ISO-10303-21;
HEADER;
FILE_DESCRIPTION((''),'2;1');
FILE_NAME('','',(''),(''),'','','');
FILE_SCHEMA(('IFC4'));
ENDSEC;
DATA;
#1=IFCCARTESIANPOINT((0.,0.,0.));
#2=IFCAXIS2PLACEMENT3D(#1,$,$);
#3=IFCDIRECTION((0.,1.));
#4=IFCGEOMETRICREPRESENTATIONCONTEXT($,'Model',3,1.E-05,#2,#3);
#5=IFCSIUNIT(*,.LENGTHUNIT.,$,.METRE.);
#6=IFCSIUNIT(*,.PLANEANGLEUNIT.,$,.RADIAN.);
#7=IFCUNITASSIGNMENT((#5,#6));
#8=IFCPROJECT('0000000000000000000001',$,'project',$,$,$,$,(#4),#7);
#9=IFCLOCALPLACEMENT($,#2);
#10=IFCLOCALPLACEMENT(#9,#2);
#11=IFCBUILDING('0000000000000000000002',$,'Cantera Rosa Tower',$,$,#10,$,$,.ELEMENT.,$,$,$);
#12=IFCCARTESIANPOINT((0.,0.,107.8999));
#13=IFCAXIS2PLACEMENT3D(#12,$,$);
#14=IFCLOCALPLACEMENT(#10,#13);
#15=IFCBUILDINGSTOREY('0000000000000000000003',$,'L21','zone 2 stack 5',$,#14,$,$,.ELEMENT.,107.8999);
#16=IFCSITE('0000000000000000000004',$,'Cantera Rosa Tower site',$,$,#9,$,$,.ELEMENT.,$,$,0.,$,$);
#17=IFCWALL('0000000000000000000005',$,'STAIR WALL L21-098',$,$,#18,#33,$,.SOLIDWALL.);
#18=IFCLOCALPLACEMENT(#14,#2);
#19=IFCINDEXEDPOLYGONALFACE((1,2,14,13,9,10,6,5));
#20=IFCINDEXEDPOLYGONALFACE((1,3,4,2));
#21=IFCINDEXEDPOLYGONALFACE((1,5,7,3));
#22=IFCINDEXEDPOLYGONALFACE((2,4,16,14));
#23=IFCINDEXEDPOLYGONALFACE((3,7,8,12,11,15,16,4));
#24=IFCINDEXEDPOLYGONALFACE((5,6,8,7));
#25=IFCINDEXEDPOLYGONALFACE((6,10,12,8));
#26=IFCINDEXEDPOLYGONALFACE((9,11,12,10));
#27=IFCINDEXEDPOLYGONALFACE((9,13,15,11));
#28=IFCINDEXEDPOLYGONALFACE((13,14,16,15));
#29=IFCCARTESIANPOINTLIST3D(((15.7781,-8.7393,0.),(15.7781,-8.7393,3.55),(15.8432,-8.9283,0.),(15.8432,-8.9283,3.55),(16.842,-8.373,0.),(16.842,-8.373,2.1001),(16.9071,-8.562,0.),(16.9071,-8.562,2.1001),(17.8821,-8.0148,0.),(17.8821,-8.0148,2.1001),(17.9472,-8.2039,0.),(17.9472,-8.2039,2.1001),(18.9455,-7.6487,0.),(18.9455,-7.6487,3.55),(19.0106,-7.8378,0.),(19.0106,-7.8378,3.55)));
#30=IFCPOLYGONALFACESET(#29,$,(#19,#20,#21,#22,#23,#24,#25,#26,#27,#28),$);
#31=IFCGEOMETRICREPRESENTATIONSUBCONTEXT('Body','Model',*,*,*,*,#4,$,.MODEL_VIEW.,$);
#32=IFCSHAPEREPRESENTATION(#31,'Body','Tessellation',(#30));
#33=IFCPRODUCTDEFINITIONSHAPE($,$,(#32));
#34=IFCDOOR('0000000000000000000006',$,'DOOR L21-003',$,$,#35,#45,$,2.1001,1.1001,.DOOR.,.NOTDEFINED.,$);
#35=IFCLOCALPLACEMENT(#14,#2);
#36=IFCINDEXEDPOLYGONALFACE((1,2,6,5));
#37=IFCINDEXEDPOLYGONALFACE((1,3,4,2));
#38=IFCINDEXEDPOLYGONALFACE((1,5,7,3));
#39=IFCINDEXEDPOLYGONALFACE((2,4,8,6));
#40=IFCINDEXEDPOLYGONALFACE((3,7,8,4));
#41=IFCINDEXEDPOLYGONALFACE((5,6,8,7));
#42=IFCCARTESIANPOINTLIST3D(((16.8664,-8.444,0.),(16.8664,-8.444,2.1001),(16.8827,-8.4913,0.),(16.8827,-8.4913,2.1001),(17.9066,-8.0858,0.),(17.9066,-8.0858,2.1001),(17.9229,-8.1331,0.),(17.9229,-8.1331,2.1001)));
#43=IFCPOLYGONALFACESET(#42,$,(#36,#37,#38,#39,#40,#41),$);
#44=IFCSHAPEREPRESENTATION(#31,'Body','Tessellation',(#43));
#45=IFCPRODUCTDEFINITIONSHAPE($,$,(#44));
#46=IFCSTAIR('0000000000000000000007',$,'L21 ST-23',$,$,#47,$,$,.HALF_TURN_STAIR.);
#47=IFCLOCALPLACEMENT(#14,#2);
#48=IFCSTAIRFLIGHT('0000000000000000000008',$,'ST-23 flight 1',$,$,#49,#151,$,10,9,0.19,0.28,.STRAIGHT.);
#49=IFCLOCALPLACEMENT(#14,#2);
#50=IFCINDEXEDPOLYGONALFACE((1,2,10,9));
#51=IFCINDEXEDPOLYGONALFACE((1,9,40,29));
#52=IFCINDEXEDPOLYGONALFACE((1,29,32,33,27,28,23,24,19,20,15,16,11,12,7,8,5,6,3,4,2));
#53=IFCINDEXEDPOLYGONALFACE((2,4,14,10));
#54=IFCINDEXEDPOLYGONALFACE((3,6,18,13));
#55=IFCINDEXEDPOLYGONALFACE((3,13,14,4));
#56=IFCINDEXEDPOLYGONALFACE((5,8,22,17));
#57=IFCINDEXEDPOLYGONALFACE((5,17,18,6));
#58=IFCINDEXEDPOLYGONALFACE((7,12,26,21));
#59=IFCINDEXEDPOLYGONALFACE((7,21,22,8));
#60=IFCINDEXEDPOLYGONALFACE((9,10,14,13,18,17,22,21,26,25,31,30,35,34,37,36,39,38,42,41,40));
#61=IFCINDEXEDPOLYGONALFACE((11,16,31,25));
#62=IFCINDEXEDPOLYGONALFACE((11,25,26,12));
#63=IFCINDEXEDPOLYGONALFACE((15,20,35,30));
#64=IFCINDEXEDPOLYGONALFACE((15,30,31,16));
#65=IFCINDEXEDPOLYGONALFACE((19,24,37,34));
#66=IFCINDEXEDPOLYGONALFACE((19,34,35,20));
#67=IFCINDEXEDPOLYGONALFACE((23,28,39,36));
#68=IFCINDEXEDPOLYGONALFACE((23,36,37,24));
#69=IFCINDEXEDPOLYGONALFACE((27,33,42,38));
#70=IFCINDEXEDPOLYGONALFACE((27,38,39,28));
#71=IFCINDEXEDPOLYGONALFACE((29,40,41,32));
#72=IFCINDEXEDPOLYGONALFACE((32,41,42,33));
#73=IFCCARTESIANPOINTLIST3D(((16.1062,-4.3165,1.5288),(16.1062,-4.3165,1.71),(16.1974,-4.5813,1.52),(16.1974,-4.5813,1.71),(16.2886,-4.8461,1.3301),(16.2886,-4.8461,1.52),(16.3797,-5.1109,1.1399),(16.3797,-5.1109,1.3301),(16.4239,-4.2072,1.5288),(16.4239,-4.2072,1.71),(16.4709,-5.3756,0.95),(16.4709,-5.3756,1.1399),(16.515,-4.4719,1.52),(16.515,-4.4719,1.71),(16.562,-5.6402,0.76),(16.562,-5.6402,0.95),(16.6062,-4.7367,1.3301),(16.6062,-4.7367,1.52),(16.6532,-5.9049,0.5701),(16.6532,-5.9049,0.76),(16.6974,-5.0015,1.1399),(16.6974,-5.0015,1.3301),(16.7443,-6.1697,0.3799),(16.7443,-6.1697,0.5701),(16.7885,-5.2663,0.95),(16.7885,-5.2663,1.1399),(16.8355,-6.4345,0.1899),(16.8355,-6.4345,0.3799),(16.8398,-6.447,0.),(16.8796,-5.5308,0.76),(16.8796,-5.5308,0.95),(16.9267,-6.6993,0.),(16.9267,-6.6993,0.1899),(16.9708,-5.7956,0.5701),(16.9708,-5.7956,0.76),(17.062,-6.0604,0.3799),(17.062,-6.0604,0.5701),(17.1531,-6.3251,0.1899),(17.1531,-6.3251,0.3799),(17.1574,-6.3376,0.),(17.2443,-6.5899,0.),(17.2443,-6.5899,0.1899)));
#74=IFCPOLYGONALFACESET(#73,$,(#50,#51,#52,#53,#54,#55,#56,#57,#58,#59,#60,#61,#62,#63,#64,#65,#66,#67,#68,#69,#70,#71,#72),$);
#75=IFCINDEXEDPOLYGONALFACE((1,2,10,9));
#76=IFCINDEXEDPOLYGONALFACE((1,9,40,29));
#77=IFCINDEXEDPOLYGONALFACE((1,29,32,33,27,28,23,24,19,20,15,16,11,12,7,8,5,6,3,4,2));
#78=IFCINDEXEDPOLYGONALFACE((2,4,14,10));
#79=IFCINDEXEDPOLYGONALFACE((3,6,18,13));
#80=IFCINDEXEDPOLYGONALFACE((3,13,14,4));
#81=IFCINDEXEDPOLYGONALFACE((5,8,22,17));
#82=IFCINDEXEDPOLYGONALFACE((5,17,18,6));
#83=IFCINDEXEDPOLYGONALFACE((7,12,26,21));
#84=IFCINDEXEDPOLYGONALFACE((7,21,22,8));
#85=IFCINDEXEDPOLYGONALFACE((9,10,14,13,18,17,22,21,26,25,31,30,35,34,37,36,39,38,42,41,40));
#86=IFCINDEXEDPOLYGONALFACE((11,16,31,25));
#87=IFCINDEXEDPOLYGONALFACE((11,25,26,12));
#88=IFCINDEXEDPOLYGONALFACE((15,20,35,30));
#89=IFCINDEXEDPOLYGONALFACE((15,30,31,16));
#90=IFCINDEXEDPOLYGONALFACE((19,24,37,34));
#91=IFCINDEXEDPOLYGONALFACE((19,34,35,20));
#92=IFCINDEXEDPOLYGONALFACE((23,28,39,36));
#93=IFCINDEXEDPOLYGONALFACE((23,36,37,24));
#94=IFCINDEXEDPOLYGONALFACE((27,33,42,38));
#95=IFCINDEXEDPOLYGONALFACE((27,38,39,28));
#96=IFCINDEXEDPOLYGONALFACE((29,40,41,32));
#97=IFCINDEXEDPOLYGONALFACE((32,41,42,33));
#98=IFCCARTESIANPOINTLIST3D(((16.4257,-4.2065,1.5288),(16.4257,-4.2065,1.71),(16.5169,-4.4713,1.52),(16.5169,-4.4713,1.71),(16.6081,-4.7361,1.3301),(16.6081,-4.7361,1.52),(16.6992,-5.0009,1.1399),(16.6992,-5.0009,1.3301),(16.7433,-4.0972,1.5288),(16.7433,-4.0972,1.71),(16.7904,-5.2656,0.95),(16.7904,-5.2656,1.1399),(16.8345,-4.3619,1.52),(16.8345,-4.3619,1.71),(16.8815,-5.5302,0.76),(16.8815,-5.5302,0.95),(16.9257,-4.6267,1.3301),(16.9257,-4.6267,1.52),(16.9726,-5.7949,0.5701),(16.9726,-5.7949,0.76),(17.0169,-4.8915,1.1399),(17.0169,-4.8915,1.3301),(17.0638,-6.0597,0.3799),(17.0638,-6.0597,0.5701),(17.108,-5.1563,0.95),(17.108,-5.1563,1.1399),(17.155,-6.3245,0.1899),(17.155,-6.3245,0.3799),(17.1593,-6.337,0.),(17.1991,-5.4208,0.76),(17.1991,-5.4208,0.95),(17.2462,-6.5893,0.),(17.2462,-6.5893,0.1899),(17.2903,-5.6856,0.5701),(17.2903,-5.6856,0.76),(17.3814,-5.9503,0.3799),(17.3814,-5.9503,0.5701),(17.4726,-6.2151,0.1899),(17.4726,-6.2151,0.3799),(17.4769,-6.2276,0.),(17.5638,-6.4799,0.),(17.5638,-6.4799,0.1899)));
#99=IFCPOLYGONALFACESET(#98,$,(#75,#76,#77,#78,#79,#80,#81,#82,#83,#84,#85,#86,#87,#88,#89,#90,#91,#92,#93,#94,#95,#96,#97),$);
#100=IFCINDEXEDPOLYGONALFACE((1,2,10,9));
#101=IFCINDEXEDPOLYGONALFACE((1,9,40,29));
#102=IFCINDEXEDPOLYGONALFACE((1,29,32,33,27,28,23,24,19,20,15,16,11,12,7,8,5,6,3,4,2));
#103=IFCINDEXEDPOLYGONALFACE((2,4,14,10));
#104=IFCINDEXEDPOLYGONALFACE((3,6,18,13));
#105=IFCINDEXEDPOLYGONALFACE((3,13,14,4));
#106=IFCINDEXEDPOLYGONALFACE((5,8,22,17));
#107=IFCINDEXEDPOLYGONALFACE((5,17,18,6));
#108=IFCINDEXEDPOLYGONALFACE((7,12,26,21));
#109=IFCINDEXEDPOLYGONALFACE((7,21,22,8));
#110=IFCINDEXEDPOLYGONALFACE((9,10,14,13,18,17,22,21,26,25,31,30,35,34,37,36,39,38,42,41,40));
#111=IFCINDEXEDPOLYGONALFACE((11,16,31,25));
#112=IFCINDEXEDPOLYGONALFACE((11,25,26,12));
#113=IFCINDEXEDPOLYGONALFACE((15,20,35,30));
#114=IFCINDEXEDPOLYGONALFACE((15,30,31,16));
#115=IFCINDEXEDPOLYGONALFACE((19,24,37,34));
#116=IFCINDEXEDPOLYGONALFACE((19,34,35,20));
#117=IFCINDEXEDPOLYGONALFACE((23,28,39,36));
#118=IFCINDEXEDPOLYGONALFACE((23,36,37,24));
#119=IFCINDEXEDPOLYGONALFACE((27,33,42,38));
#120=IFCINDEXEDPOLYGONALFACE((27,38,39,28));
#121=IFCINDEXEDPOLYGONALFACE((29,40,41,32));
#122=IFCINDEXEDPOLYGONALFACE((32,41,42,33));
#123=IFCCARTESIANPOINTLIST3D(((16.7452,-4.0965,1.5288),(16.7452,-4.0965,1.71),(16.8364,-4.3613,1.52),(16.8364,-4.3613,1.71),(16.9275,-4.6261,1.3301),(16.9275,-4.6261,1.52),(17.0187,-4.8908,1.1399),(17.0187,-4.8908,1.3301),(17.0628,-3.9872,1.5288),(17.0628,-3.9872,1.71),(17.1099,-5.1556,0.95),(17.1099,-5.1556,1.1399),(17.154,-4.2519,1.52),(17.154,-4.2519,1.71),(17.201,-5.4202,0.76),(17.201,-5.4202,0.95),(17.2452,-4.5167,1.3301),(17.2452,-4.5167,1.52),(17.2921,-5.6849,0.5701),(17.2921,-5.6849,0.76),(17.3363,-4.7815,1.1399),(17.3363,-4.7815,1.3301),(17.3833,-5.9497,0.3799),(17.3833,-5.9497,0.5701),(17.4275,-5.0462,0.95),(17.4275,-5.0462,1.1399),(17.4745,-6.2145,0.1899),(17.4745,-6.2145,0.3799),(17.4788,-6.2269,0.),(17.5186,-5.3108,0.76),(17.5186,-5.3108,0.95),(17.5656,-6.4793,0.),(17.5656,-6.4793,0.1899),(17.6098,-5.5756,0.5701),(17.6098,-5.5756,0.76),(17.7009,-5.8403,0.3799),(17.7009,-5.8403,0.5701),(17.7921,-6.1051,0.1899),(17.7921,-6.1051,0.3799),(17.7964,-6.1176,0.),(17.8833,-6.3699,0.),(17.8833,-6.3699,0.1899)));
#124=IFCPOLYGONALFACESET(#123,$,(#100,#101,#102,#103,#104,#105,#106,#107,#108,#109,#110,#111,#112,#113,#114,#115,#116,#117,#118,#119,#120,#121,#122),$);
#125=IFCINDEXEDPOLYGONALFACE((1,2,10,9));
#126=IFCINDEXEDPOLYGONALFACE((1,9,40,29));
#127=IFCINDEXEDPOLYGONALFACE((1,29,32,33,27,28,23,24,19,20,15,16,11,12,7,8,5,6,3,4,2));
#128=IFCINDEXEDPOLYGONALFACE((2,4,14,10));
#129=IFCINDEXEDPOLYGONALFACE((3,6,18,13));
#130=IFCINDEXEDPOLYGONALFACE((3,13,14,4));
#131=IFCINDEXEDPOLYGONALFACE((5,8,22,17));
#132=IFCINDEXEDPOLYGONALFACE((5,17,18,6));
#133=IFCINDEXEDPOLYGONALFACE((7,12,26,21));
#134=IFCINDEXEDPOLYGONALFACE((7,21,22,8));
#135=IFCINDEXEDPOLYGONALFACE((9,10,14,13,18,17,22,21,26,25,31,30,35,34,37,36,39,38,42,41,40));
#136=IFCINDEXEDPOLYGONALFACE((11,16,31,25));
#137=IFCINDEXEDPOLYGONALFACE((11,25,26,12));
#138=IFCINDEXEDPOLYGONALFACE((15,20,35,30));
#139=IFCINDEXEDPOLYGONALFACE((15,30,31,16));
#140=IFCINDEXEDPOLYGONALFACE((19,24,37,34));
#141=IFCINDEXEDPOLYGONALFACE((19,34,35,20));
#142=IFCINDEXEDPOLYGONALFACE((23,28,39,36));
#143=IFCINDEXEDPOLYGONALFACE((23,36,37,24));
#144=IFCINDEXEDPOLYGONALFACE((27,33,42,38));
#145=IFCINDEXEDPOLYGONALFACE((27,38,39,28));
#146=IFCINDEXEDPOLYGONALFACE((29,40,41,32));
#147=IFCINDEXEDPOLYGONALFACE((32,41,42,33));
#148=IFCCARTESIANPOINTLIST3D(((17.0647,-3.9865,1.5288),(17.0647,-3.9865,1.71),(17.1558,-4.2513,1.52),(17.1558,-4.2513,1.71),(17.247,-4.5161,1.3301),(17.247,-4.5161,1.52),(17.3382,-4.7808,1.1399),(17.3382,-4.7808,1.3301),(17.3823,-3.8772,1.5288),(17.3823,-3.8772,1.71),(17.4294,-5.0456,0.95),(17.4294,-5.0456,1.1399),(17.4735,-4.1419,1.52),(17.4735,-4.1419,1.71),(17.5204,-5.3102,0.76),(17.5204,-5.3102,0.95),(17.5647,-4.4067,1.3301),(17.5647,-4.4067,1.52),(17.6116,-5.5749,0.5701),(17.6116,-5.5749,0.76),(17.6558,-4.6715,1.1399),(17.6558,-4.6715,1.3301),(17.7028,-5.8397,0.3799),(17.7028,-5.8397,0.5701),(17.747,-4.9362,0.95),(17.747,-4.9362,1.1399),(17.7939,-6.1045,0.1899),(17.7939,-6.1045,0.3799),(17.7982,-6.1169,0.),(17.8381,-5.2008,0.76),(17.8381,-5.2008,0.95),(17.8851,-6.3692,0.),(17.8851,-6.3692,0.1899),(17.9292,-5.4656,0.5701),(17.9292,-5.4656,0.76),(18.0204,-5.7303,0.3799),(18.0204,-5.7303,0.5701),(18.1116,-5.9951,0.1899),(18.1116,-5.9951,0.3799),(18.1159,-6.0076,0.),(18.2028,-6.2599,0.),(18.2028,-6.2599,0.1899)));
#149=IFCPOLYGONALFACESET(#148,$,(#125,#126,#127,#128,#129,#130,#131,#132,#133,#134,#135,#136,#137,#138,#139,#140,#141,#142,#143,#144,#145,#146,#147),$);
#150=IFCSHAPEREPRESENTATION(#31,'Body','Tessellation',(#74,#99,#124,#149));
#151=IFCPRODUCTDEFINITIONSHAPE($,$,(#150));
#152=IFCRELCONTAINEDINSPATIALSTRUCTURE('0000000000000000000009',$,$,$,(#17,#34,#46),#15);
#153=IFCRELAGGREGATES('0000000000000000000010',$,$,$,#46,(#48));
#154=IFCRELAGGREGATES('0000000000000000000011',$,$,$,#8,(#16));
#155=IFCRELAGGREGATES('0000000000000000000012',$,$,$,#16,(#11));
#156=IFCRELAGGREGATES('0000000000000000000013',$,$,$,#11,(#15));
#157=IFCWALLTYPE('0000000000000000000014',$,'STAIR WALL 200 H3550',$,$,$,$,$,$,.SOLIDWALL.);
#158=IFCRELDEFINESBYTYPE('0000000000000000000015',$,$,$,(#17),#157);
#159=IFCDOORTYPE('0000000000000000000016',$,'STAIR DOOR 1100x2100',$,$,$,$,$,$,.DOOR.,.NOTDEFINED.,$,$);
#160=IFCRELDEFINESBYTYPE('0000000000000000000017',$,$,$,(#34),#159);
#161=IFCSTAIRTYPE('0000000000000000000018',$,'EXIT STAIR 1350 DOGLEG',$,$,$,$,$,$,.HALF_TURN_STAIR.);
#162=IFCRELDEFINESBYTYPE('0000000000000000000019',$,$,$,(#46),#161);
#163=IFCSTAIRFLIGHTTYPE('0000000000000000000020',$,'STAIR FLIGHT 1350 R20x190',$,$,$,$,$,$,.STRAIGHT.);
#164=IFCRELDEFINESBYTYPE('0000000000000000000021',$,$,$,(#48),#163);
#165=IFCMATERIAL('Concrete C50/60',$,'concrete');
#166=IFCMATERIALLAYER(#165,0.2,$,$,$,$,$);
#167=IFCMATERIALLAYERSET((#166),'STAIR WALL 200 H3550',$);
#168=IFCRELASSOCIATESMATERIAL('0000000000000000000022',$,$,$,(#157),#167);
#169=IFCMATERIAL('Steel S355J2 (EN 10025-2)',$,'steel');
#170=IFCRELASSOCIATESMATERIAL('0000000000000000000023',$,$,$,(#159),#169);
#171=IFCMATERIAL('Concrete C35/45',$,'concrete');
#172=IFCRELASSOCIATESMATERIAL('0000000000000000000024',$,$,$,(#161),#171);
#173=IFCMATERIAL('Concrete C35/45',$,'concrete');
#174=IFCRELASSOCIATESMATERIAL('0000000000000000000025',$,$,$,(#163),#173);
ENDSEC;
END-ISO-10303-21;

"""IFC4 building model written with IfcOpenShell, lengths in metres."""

from ifc_helpers import new_model, si_unit, direction, frame, frame_2d, origin, place, context, subcontext, project, spatial, polyline, rectangle, outline, extrude, material, layer, layer_set, type_object, element, fill, aggregate, save


model = new_model("IFC4")

# Units and contexts
model_context = context("Model", 3, precision=1e-05, world=origin(), true_north=direction((0.0, 1.0)))
body_context = subcontext(model_context, "Body", "Model", "MODEL_VIEW")
ifc_project = project(units=[si_unit("LENGTHUNIT", "METRE"), si_unit("PLANEANGLEUNIT", "RADIAN")], contexts=[model_context])

# Site, building, storey
site_placement = place(None, origin())
site = spatial("IfcSite", under=ifc_project, at=site_placement, Name="Cantera Rosa Tower site", CompositionType="ELEMENT", RefElevation=0.0)
building_placement = place(site_placement, origin())
building = spatial("IfcBuilding", under=site, at=building_placement, Name="Cantera Rosa Tower", CompositionType="ELEMENT")
storey_placement = place(building_placement, frame((0.0, 0.0, 107.8999)))
storey = spatial("IfcBuildingStorey", under=building, at=storey_placement, Name="L21", Description="zone 2 stack 5", CompositionType="ELEMENT", Elevation=107.8999)

# Wall, opening, door
ifc_material_1 = material(Name="Concrete C50/60", Category="concrete")
ifc_layer_1 = layer(ifc_material_1, 0.2)
ifc_layer_set_1 = layer_set([ifc_layer_1], Name="STAIR WALL 200 H3550")
wall_type_1 = type_object("IfcWallType", Name="STAIR WALL 200 H3550", PredefinedType="SOLIDWALL", material=ifc_layer_set_1)
wall_1_placement = place(storey_placement, frame((15.8108, -8.8337, 0.0), z_axis=(0.0, 0.0, 1.0), x_axis=(0.945525, 0.325548, 0.0)))
wall_1 = element("IfcWall", 1, at=wall_1_placement, inside=storey, type_object=wall_type_1, Name="STAIR WALL L21-098", PredefinedType="SOLIDWALL", context=body_context, shape_type="SweptSolid", body=[
    extrude(rectangle(XDim=3.3499, YDim=0.2, at=frame_2d((1.6748, 0.0))), origin(), (0.0, 0.0, 1.0), 3.55),
])
opening_1_placement = place(wall_1_placement, frame((1.125, 0.0, 0.0)))
opening_1 = element("IfcOpeningElement", 2, at=opening_1_placement, cuts=wall_1, PredefinedType="OPENING", context=body_context, shape_type="SweptSolid", body=[
    extrude(rectangle(XDim=1.1001, YDim=2.1001, at=frame_2d((0.55, 1.05))), frame((0.0, 0.1099, 0.0), z_axis=(0.0, -1.0, 0.0), x_axis=(1.0, 0.0, 0.0)), (0.0, 0.0, 1.0), 0.22),
])
ifc_material_2 = material(Name="Steel S355J2 (EN 10025-2)", Category="steel")
door_type_1 = type_object("IfcDoorType", Name="STAIR DOOR 1100x2100", OperationType="NOTDEFINED", PredefinedType="DOOR", material=ifc_material_2)
door_1_placement = place(opening_1_placement, origin())
door_1 = element("IfcDoor", 3, at=door_1_placement, inside=storey, type_object=door_type_1, Name="DOOR L21-003", OperationType="NOTDEFINED", OverallHeight=2.1001, OverallWidth=1.1001, PredefinedType="DOOR", context=body_context, shape_type="SweptSolid", body=[
    extrude(rectangle(XDim=1.1001, YDim=2.1001, at=frame_2d((0.55, 1.05))), frame((0.0, 0.0249, 0.0), z_axis=(0.0, -1.0, 0.0), x_axis=(1.0, 0.0, 0.0)), (0.0, 0.0, 1.0), 0.05),
])
fill(opening_1, door_1)

# Stair, stair flight
ifc_material_3 = material(Name="Concrete C35/45", Category="concrete")
stair_type = type_object("IfcStairType", Name="EXIT STAIR 1350 DOGLEG", PredefinedType="HALF_TURN_STAIR", material=ifc_material_3)
stair_placement = place(storey_placement, origin())
stair = element("IfcStair", 4, at=stair_placement, inside=storey, type_object=stair_type, Name="L21 ST-23", PredefinedType="HALF_TURN_STAIR")
ifc_material_4 = material(Name="Concrete C35/45", Category="concrete")
stair_flight_type = type_object("IfcStairFlightType", Name="STAIR FLIGHT 1350 R20x190", PredefinedType="STRAIGHT", material=ifc_material_4)
stair_flight_1_placement = place(storey_placement, frame((17.5649, -6.4795, 0.0), z_axis=(0.0, 0.0, 1.0), x_axis=(-0.325568, 0.945519, 0.0)))
stair_flight_1 = element("IfcStairFlight", 5, at=stair_flight_1_placement, type_object=stair_flight_type, Name="ST-23 flight 1", NumberOfRisers=10, NumberOfTreads=9, PredefinedType="STRAIGHT", RiserHeight=0.19, TreadLength=0.28, context=body_context, shape_type="SweptSolid", body=[
    extrude(outline(polyline([(0.0, 0.0), (0.0, 0.1899), (0.28, 0.1899), (0.28, 0.3799), (0.5601, 0.3799), (0.5601, 0.5701), (0.8401, 0.5701), (0.8401, 0.76), (1.1201, 0.76), (1.1201, 0.95), (1.3999, 0.95), (1.3999, 1.1399), (1.6799, 1.1399), (1.6799, 1.3301), (1.96, 1.3301), (1.96, 1.52), (2.24, 1.52), (2.24, 1.71), (2.52, 1.71), (2.52, 1.8999), (2.52, 1.5288), (0.2668, 0.0), (0.0, 0.0)])), frame((0.0, 0.675, 0.0), z_axis=(0.0, -1.0, 0.0), x_axis=(1.0, 0.0, 0.0)), (0.0, 0.0, 1.0), 0.3359),
    extrude(outline(polyline([(0.0, 0.0), (0.0, 0.1899), (0.28, 0.1899), (0.28, 0.3799), (0.5601, 0.3799), (0.5601, 0.5701), (0.8401, 0.5701), (0.8401, 0.76), (1.1201, 0.76), (1.1201, 0.95), (1.3999, 0.95), (1.3999, 1.1399), (1.6799, 1.1399), (1.6799, 1.3301), (1.96, 1.3301), (1.96, 1.52), (2.24, 1.52), (2.24, 1.71), (2.52, 1.71), (2.52, 1.8999), (2.52, 1.5288), (0.2668, 0.0), (0.0, 0.0)])), frame((0.0, 0.3372, 0.0), z_axis=(0.0, -1.0, 0.0), x_axis=(1.0, 0.0, 0.0)), (0.0, 0.0, 1.0), 0.3359),
    extrude(outline(polyline([(0.0, 0.0), (0.0, 0.1899), (0.28, 0.1899), (0.28, 0.3799), (0.5601, 0.3799), (0.5601, 0.5701), (0.8401, 0.5701), (0.8401, 0.76), (1.1201, 0.76), (1.1201, 0.95), (1.3999, 0.95), (1.3999, 1.1399), (1.6799, 1.1399), (1.6799, 1.3301), (1.96, 1.3301), (1.96, 1.52), (2.24, 1.52), (2.24, 1.71), (2.52, 1.71), (2.52, 1.8999), (2.52, 1.5288), (0.2668, 0.0), (0.0, 0.0)])), frame((0.0, -0.0007, 0.0), z_axis=(0.0, -1.0, 0.0), x_axis=(1.0, 0.0, 0.0)), (0.0, 0.0, 1.0), 0.3359),
    extrude(outline(polyline([(0.0, 0.0), (0.0, 0.1899), (0.28, 0.1899), (0.28, 0.3799), (0.5601, 0.3799), (0.5601, 0.5701), (0.8401, 0.5701), (0.8401, 0.76), (1.1201, 0.76), (1.1201, 0.95), (1.3999, 0.95), (1.3999, 1.1399), (1.6799, 1.1399), (1.6799, 1.3301), (1.96, 1.3301), (1.96, 1.52), (2.24, 1.52), (2.24, 1.71), (2.52, 1.71), (2.52, 1.8999), (2.52, 1.5288), (0.2668, 0.0), (0.0, 0.0)])), frame((0.0, -0.3386, 0.0), z_axis=(0.0, -1.0, 0.0), x_axis=(1.0, 0.0, 0.0)), (0.0, 0.0, 1.0), 0.3359),
])
aggregate(stair, [stair_flight_1])

save(model, "model.ifc")
